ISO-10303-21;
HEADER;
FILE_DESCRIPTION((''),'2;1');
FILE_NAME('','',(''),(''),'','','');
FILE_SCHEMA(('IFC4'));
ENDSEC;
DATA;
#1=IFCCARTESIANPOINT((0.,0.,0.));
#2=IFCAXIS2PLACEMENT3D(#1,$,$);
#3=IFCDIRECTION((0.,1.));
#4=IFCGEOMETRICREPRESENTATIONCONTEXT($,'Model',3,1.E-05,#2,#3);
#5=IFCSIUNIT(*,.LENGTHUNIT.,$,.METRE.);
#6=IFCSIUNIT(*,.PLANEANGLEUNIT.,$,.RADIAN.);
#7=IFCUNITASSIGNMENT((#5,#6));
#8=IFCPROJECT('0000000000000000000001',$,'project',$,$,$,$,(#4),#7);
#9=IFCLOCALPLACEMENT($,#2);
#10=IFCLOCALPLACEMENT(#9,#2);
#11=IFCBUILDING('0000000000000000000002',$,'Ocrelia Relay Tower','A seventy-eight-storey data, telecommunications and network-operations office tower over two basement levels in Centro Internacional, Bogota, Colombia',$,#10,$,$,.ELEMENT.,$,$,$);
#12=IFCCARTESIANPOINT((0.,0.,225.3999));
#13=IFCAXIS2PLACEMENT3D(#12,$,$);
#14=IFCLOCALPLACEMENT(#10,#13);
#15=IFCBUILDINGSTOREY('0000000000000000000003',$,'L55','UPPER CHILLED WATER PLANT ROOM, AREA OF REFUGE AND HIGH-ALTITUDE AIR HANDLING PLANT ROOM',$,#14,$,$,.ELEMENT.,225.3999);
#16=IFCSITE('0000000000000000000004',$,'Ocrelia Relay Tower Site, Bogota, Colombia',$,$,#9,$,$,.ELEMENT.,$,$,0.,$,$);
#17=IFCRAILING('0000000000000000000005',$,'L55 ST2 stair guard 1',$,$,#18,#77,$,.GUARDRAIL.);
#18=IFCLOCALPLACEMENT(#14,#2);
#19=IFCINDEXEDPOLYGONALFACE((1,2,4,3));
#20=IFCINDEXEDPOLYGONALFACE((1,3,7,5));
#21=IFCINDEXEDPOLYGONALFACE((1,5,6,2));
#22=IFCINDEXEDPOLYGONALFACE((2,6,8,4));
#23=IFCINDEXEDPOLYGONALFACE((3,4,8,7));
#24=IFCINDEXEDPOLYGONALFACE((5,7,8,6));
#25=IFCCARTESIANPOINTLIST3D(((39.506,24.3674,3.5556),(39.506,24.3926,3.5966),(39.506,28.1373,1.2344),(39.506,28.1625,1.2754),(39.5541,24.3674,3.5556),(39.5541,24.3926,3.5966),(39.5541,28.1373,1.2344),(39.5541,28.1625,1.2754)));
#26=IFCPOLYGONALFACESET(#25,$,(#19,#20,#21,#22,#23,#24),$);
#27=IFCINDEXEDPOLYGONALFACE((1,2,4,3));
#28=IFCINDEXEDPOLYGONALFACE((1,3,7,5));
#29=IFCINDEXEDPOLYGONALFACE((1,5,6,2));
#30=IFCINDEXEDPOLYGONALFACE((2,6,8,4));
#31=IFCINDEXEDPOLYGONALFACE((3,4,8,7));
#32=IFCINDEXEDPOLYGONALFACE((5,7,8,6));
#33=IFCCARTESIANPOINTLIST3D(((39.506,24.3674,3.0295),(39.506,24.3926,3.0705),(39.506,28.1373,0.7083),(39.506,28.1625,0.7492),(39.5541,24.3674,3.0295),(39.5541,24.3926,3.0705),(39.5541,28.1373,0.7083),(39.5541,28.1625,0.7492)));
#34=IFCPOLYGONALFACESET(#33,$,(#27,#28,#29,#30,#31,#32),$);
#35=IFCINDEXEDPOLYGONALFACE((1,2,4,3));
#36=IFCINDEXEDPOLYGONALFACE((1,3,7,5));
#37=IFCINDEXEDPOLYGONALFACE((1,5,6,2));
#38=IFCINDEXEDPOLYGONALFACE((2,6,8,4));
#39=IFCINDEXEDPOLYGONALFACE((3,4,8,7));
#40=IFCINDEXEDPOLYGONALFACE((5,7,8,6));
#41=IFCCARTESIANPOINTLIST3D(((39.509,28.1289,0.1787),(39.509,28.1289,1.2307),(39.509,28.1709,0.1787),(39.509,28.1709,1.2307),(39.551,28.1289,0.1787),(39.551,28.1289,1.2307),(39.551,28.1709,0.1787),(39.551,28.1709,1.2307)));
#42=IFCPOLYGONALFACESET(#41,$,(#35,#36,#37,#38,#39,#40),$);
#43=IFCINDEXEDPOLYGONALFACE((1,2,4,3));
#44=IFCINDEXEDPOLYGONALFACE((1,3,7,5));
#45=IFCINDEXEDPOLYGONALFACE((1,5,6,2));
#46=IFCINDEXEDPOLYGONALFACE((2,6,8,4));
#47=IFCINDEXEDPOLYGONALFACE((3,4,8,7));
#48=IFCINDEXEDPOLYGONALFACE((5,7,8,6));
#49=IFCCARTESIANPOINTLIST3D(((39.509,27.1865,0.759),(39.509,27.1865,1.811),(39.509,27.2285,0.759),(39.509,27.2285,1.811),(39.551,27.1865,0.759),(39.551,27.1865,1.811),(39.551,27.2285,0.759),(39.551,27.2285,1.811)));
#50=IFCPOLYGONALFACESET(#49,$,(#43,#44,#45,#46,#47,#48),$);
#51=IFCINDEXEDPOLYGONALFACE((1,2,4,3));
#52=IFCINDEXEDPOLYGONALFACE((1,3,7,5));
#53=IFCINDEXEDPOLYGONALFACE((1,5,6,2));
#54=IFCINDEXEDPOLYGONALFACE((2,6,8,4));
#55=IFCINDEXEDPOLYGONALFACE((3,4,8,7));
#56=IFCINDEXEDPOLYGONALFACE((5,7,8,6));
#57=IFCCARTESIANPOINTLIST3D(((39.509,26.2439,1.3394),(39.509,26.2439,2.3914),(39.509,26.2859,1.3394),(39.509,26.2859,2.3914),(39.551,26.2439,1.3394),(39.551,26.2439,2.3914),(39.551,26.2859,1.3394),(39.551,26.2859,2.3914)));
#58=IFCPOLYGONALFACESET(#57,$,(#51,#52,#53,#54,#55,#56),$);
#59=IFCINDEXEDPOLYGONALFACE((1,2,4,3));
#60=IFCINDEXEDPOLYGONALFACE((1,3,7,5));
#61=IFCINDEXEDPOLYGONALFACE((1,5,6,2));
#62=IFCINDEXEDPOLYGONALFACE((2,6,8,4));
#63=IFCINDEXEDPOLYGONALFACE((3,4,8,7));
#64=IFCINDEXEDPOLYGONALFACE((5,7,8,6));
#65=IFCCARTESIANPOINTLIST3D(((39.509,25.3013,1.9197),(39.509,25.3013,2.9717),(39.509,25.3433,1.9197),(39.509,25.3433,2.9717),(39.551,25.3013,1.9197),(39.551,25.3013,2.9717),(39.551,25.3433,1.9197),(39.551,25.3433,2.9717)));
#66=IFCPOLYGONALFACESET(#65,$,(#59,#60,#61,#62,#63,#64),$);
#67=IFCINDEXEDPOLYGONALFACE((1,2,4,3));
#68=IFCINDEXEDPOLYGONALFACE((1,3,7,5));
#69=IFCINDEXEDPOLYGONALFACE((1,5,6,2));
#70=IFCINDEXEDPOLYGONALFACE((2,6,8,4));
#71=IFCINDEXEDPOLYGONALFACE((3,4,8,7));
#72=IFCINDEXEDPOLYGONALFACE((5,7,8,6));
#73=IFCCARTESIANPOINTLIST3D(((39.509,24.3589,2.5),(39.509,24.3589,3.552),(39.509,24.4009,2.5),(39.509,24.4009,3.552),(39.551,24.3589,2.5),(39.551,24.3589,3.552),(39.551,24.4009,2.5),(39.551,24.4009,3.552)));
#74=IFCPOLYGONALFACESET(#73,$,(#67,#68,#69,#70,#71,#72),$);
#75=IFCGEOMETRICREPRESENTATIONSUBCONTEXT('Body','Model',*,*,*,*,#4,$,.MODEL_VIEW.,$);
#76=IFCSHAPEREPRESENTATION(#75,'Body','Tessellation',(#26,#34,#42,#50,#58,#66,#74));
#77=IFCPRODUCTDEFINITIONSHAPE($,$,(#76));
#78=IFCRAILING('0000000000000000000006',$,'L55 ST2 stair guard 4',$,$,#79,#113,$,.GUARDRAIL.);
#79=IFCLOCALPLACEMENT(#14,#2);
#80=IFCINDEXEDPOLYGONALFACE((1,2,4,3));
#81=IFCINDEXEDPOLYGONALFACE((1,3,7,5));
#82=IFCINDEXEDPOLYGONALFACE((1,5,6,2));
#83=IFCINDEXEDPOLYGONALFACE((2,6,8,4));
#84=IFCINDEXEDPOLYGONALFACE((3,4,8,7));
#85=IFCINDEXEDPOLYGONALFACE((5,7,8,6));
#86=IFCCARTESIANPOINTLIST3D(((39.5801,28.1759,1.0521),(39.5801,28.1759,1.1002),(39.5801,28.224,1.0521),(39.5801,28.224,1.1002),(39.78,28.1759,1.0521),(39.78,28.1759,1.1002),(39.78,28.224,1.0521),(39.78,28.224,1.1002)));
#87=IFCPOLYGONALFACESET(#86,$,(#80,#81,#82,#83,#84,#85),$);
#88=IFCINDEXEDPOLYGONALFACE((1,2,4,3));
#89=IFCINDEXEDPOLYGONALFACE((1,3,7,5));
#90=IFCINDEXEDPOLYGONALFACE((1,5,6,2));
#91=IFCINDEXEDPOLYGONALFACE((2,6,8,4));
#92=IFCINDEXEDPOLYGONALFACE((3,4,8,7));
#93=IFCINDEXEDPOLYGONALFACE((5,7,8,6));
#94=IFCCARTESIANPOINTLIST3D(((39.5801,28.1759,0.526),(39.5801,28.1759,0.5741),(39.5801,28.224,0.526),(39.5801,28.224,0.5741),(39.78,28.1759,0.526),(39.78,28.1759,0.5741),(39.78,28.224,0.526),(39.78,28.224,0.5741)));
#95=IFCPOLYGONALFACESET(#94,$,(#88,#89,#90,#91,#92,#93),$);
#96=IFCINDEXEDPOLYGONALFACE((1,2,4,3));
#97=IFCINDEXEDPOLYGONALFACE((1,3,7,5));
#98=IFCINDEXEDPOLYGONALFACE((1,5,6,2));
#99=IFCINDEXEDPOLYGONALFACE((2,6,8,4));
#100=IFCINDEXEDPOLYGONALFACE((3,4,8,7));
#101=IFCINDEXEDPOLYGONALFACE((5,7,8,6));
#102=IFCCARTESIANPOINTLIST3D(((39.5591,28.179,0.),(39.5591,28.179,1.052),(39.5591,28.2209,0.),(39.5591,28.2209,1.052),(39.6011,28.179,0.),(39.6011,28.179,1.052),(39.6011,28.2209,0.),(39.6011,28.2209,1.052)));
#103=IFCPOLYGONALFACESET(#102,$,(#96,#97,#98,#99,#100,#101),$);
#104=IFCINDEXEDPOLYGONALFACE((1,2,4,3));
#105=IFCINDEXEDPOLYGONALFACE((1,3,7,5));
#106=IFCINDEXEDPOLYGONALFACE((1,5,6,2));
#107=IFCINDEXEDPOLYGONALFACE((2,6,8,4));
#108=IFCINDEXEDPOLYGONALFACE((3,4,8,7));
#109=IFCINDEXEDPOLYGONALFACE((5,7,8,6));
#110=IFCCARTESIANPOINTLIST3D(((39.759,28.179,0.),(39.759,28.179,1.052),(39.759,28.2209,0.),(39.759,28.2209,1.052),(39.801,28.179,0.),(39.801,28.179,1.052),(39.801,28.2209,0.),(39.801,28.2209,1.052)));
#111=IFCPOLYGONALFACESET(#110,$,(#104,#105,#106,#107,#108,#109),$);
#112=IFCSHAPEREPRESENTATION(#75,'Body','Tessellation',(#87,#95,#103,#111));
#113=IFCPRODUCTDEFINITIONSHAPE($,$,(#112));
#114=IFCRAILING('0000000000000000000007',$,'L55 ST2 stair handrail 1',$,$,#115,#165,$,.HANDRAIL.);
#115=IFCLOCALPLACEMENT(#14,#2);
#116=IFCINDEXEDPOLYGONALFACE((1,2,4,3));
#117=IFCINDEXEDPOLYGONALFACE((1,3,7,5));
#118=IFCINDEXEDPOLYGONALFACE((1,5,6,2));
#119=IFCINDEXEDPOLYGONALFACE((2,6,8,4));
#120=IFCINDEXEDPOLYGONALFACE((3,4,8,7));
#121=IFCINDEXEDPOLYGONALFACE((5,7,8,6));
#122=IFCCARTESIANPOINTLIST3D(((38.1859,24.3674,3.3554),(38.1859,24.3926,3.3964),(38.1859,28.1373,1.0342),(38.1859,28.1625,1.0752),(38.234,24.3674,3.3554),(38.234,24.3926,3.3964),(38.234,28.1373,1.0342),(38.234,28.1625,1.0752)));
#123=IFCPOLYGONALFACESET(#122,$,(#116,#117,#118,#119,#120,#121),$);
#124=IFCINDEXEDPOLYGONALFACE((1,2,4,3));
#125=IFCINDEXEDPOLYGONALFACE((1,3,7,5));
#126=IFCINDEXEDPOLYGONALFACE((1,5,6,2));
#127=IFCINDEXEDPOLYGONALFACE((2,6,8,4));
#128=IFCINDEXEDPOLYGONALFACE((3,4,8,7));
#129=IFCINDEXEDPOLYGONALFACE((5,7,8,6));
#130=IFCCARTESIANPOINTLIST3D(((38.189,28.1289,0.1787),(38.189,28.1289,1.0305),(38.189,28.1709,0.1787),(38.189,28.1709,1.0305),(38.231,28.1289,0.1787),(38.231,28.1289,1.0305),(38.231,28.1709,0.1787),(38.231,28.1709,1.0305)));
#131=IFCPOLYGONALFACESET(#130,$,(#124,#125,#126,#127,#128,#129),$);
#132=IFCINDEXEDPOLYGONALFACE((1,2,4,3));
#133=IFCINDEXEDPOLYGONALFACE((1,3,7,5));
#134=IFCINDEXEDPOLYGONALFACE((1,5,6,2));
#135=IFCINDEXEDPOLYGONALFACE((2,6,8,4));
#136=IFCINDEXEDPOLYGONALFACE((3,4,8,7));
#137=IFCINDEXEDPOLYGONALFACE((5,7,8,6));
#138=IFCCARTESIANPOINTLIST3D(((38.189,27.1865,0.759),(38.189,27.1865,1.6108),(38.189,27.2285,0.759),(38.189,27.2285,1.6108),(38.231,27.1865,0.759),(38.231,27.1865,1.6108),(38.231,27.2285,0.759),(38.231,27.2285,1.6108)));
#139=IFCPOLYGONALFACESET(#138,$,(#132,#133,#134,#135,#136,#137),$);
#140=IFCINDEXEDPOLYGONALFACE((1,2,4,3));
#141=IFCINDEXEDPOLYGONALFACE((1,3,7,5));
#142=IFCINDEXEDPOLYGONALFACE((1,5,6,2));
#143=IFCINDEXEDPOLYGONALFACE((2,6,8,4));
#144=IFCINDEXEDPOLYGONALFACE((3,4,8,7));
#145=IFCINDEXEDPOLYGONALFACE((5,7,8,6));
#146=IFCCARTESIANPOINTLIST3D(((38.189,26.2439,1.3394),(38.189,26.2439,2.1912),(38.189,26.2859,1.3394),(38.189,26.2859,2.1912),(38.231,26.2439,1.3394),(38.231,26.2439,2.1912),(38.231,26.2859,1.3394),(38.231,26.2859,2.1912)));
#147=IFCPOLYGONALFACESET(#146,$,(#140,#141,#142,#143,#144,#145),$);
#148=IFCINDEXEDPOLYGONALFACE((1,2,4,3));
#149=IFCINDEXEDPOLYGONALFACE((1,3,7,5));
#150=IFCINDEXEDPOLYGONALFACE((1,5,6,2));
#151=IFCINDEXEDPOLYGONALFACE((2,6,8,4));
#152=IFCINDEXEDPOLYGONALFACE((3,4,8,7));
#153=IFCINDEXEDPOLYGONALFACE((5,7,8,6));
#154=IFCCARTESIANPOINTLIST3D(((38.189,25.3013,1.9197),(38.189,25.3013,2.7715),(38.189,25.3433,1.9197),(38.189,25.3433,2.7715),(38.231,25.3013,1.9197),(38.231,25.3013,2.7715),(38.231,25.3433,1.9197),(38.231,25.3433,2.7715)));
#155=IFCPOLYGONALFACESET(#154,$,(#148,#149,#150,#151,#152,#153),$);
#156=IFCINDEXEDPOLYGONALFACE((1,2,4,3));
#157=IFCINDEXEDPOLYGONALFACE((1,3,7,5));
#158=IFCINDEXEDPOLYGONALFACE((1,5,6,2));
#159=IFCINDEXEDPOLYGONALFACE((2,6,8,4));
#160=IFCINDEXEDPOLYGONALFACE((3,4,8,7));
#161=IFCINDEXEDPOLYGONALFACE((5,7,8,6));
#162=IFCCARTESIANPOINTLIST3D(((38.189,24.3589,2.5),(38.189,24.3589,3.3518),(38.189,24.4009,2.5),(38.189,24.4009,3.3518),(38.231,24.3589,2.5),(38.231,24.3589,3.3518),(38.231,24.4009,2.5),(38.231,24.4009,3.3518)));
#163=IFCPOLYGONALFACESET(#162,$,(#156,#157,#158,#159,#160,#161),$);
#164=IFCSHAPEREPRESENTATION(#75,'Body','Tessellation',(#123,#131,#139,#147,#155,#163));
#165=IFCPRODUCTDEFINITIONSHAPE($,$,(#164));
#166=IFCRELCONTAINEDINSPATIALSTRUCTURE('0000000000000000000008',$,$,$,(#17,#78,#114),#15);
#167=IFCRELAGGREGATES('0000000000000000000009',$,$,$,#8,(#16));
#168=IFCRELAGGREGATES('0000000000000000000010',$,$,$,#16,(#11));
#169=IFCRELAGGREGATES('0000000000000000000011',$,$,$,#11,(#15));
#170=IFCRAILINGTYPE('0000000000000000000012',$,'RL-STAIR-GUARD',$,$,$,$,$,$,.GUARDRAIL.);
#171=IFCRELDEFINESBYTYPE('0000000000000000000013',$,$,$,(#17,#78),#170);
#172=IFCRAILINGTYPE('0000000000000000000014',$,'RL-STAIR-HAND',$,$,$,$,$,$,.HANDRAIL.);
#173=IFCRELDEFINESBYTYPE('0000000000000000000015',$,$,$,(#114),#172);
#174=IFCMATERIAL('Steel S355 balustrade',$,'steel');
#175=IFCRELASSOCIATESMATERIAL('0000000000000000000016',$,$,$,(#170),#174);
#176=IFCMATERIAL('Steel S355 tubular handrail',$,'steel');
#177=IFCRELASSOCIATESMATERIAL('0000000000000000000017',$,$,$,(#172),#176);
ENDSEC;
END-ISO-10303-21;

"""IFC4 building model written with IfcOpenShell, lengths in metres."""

from ifc_helpers import new_model, si_unit, direction, frame, origin, origin_2d, place, context, subcontext, project, spatial, rectangle, extrude, material, type_object, element, save


model = new_model("IFC4")

# Units and contexts
model_context = context("Model", 3, precision=1e-05, world=origin(), true_north=direction((0.0, 1.0)))
body_context = subcontext(model_context, "Body", "Model", "MODEL_VIEW")
ifc_project = project(units=[si_unit("LENGTHUNIT", "METRE"), si_unit("PLANEANGLEUNIT", "RADIAN")], contexts=[model_context])

# Site, building, storey
site_placement = place(None, origin())
site = spatial("IfcSite", under=ifc_project, at=site_placement, Name="Ocrelia Relay Tower Site, Bogota, Colombia", CompositionType="ELEMENT", RefElevation=0.0)
building_placement = place(site_placement, origin())
building = spatial("IfcBuilding", under=site, at=building_placement, Name="Ocrelia Relay Tower", Description="A seventy-eight-storey data, telecommunications and network-operations office tower over two basement levels in Centro Internacional, Bogota, Colombia", CompositionType="ELEMENT")
storey_placement = place(building_placement, frame((0.0, 0.0, 225.3999)))
storey = spatial("IfcBuildingStorey", under=building, at=storey_placement, Name="L55", Description="UPPER CHILLED WATER PLANT ROOM, AREA OF REFUGE AND HIGH-ALTITUDE AIR HANDLING PLANT ROOM", CompositionType="ELEMENT", Elevation=225.3999)

# Railings
ifc_material_1 = material(Name="Steel S355 balustrade", Category="steel")
railing_type_1 = type_object("IfcRailingType", Name="RL-STAIR-GUARD", PredefinedType="GUARDRAIL", material=ifc_material_1)
railing_1_placement = place(storey_placement, frame((39.53, 28.1499, 0.1787)))
element("IfcRailing", 1, at=railing_1_placement, inside=storey, type_object=railing_type_1, Name="L55 ST2 stair guard 1", PredefinedType="GUARDRAIL", context=body_context, shape_type="SweptSolid", body=[
    extrude(rectangle(XDim=0.0481, YDim=0.0481, at=origin_2d()), frame((0.0, 0.0, 1.0762), z_axis=(0.0, -0.85153, 0.524307), x_axis=(1.0, 0.0, 0.0)), (0.0, 0.0, 1.0), 4.4272),
    extrude(rectangle(XDim=0.0481, YDim=0.0481, at=origin_2d()), frame((0.0, 0.0, 0.55), z_axis=(0.0, -0.85153, 0.524307), x_axis=(1.0, 0.0, 0.0)), (0.0, 0.0, 1.0), 4.4272),
    extrude(rectangle(XDim=0.042, YDim=0.042, at=origin_2d()), origin(), (0.0, 0.0, 1.0), 1.052),
    extrude(rectangle(XDim=0.042, YDim=0.042, at=origin_2d()), frame((0.0, -0.9424, 0.5803)), (0.0, 0.0, 1.0), 1.052),
    extrude(rectangle(XDim=0.042, YDim=0.042, at=origin_2d()), frame((0.0, -1.885, 1.1606)), (0.0, 0.0, 1.0), 1.052),
    extrude(rectangle(XDim=0.042, YDim=0.042, at=origin_2d()), frame((0.0, -2.8276, 1.741)), (0.0, 0.0, 1.0), 1.052),
    extrude(rectangle(XDim=0.042, YDim=0.042, at=origin_2d()), frame((0.0, -3.77, 2.3213)), (0.0, 0.0, 1.0), 1.052),
])
railing_2_placement = place(storey_placement, frame((39.5801, 28.2, 0.0)))
element("IfcRailing", 2, at=railing_2_placement, inside=storey, type_object=railing_type_1, Name="L55 ST2 stair guard 4", PredefinedType="GUARDRAIL", context=body_context, shape_type="SweptSolid", body=[
    extrude(rectangle(XDim=0.0481, YDim=0.0481, at=origin_2d()), frame((0.0, 0.0, 1.0762), z_axis=(1.0, 0.0, 0.0), x_axis=(0.0, 1.0, 0.0)), (0.0, 0.0, 1.0), 0.2),
    extrude(rectangle(XDim=0.0481, YDim=0.0481, at=origin_2d()), frame((0.0, 0.0, 0.55), z_axis=(1.0, 0.0, 0.0), x_axis=(0.0, 1.0, 0.0)), (0.0, 0.0, 1.0), 0.2),
    extrude(rectangle(XDim=0.042, YDim=0.042, at=origin_2d()), origin(), (0.0, 0.0, 1.0), 1.052),
    extrude(rectangle(XDim=0.042, YDim=0.042, at=origin_2d()), frame((0.2, 0.0, 0.0)), (0.0, 0.0, 1.0), 1.052),
])
ifc_material_2 = material(Name="Steel S355 tubular handrail", Category="steel")
railing_type_2 = type_object("IfcRailingType", Name="RL-STAIR-HAND", PredefinedType="HANDRAIL", material=ifc_material_2)
railing_3_placement = place(storey_placement, frame((38.21, 28.1499, 0.1787)))
element("IfcRailing", 3, at=railing_3_placement, inside=storey, type_object=railing_type_2, Name="L55 ST2 stair handrail 1", PredefinedType="HANDRAIL", context=body_context, shape_type="SweptSolid", body=[
    extrude(rectangle(XDim=0.0481, YDim=0.0481, at=origin_2d()), frame((0.0, 0.0, 0.876), z_axis=(0.0, -0.85153, 0.524307), x_axis=(1.0, 0.0, 0.0)), (0.0, 0.0, 1.0), 4.4272),
    extrude(rectangle(XDim=0.042, YDim=0.042, at=origin_2d()), origin(), (0.0, 0.0, 1.0), 0.8518),
    extrude(rectangle(XDim=0.042, YDim=0.042, at=origin_2d()), frame((0.0, -0.9424, 0.5803)), (0.0, 0.0, 1.0), 0.8518),
    extrude(rectangle(XDim=0.042, YDim=0.042, at=origin_2d()), frame((0.0, -1.885, 1.1606)), (0.0, 0.0, 1.0), 0.8518),
    extrude(rectangle(XDim=0.042, YDim=0.042, at=origin_2d()), frame((0.0, -2.8276, 1.741)), (0.0, 0.0, 1.0), 0.8518),
    extrude(rectangle(XDim=0.042, YDim=0.042, at=origin_2d()), frame((0.0, -3.77, 2.3213)), (0.0, 0.0, 1.0), 0.8518),
])

save(model, "model.ifc")
